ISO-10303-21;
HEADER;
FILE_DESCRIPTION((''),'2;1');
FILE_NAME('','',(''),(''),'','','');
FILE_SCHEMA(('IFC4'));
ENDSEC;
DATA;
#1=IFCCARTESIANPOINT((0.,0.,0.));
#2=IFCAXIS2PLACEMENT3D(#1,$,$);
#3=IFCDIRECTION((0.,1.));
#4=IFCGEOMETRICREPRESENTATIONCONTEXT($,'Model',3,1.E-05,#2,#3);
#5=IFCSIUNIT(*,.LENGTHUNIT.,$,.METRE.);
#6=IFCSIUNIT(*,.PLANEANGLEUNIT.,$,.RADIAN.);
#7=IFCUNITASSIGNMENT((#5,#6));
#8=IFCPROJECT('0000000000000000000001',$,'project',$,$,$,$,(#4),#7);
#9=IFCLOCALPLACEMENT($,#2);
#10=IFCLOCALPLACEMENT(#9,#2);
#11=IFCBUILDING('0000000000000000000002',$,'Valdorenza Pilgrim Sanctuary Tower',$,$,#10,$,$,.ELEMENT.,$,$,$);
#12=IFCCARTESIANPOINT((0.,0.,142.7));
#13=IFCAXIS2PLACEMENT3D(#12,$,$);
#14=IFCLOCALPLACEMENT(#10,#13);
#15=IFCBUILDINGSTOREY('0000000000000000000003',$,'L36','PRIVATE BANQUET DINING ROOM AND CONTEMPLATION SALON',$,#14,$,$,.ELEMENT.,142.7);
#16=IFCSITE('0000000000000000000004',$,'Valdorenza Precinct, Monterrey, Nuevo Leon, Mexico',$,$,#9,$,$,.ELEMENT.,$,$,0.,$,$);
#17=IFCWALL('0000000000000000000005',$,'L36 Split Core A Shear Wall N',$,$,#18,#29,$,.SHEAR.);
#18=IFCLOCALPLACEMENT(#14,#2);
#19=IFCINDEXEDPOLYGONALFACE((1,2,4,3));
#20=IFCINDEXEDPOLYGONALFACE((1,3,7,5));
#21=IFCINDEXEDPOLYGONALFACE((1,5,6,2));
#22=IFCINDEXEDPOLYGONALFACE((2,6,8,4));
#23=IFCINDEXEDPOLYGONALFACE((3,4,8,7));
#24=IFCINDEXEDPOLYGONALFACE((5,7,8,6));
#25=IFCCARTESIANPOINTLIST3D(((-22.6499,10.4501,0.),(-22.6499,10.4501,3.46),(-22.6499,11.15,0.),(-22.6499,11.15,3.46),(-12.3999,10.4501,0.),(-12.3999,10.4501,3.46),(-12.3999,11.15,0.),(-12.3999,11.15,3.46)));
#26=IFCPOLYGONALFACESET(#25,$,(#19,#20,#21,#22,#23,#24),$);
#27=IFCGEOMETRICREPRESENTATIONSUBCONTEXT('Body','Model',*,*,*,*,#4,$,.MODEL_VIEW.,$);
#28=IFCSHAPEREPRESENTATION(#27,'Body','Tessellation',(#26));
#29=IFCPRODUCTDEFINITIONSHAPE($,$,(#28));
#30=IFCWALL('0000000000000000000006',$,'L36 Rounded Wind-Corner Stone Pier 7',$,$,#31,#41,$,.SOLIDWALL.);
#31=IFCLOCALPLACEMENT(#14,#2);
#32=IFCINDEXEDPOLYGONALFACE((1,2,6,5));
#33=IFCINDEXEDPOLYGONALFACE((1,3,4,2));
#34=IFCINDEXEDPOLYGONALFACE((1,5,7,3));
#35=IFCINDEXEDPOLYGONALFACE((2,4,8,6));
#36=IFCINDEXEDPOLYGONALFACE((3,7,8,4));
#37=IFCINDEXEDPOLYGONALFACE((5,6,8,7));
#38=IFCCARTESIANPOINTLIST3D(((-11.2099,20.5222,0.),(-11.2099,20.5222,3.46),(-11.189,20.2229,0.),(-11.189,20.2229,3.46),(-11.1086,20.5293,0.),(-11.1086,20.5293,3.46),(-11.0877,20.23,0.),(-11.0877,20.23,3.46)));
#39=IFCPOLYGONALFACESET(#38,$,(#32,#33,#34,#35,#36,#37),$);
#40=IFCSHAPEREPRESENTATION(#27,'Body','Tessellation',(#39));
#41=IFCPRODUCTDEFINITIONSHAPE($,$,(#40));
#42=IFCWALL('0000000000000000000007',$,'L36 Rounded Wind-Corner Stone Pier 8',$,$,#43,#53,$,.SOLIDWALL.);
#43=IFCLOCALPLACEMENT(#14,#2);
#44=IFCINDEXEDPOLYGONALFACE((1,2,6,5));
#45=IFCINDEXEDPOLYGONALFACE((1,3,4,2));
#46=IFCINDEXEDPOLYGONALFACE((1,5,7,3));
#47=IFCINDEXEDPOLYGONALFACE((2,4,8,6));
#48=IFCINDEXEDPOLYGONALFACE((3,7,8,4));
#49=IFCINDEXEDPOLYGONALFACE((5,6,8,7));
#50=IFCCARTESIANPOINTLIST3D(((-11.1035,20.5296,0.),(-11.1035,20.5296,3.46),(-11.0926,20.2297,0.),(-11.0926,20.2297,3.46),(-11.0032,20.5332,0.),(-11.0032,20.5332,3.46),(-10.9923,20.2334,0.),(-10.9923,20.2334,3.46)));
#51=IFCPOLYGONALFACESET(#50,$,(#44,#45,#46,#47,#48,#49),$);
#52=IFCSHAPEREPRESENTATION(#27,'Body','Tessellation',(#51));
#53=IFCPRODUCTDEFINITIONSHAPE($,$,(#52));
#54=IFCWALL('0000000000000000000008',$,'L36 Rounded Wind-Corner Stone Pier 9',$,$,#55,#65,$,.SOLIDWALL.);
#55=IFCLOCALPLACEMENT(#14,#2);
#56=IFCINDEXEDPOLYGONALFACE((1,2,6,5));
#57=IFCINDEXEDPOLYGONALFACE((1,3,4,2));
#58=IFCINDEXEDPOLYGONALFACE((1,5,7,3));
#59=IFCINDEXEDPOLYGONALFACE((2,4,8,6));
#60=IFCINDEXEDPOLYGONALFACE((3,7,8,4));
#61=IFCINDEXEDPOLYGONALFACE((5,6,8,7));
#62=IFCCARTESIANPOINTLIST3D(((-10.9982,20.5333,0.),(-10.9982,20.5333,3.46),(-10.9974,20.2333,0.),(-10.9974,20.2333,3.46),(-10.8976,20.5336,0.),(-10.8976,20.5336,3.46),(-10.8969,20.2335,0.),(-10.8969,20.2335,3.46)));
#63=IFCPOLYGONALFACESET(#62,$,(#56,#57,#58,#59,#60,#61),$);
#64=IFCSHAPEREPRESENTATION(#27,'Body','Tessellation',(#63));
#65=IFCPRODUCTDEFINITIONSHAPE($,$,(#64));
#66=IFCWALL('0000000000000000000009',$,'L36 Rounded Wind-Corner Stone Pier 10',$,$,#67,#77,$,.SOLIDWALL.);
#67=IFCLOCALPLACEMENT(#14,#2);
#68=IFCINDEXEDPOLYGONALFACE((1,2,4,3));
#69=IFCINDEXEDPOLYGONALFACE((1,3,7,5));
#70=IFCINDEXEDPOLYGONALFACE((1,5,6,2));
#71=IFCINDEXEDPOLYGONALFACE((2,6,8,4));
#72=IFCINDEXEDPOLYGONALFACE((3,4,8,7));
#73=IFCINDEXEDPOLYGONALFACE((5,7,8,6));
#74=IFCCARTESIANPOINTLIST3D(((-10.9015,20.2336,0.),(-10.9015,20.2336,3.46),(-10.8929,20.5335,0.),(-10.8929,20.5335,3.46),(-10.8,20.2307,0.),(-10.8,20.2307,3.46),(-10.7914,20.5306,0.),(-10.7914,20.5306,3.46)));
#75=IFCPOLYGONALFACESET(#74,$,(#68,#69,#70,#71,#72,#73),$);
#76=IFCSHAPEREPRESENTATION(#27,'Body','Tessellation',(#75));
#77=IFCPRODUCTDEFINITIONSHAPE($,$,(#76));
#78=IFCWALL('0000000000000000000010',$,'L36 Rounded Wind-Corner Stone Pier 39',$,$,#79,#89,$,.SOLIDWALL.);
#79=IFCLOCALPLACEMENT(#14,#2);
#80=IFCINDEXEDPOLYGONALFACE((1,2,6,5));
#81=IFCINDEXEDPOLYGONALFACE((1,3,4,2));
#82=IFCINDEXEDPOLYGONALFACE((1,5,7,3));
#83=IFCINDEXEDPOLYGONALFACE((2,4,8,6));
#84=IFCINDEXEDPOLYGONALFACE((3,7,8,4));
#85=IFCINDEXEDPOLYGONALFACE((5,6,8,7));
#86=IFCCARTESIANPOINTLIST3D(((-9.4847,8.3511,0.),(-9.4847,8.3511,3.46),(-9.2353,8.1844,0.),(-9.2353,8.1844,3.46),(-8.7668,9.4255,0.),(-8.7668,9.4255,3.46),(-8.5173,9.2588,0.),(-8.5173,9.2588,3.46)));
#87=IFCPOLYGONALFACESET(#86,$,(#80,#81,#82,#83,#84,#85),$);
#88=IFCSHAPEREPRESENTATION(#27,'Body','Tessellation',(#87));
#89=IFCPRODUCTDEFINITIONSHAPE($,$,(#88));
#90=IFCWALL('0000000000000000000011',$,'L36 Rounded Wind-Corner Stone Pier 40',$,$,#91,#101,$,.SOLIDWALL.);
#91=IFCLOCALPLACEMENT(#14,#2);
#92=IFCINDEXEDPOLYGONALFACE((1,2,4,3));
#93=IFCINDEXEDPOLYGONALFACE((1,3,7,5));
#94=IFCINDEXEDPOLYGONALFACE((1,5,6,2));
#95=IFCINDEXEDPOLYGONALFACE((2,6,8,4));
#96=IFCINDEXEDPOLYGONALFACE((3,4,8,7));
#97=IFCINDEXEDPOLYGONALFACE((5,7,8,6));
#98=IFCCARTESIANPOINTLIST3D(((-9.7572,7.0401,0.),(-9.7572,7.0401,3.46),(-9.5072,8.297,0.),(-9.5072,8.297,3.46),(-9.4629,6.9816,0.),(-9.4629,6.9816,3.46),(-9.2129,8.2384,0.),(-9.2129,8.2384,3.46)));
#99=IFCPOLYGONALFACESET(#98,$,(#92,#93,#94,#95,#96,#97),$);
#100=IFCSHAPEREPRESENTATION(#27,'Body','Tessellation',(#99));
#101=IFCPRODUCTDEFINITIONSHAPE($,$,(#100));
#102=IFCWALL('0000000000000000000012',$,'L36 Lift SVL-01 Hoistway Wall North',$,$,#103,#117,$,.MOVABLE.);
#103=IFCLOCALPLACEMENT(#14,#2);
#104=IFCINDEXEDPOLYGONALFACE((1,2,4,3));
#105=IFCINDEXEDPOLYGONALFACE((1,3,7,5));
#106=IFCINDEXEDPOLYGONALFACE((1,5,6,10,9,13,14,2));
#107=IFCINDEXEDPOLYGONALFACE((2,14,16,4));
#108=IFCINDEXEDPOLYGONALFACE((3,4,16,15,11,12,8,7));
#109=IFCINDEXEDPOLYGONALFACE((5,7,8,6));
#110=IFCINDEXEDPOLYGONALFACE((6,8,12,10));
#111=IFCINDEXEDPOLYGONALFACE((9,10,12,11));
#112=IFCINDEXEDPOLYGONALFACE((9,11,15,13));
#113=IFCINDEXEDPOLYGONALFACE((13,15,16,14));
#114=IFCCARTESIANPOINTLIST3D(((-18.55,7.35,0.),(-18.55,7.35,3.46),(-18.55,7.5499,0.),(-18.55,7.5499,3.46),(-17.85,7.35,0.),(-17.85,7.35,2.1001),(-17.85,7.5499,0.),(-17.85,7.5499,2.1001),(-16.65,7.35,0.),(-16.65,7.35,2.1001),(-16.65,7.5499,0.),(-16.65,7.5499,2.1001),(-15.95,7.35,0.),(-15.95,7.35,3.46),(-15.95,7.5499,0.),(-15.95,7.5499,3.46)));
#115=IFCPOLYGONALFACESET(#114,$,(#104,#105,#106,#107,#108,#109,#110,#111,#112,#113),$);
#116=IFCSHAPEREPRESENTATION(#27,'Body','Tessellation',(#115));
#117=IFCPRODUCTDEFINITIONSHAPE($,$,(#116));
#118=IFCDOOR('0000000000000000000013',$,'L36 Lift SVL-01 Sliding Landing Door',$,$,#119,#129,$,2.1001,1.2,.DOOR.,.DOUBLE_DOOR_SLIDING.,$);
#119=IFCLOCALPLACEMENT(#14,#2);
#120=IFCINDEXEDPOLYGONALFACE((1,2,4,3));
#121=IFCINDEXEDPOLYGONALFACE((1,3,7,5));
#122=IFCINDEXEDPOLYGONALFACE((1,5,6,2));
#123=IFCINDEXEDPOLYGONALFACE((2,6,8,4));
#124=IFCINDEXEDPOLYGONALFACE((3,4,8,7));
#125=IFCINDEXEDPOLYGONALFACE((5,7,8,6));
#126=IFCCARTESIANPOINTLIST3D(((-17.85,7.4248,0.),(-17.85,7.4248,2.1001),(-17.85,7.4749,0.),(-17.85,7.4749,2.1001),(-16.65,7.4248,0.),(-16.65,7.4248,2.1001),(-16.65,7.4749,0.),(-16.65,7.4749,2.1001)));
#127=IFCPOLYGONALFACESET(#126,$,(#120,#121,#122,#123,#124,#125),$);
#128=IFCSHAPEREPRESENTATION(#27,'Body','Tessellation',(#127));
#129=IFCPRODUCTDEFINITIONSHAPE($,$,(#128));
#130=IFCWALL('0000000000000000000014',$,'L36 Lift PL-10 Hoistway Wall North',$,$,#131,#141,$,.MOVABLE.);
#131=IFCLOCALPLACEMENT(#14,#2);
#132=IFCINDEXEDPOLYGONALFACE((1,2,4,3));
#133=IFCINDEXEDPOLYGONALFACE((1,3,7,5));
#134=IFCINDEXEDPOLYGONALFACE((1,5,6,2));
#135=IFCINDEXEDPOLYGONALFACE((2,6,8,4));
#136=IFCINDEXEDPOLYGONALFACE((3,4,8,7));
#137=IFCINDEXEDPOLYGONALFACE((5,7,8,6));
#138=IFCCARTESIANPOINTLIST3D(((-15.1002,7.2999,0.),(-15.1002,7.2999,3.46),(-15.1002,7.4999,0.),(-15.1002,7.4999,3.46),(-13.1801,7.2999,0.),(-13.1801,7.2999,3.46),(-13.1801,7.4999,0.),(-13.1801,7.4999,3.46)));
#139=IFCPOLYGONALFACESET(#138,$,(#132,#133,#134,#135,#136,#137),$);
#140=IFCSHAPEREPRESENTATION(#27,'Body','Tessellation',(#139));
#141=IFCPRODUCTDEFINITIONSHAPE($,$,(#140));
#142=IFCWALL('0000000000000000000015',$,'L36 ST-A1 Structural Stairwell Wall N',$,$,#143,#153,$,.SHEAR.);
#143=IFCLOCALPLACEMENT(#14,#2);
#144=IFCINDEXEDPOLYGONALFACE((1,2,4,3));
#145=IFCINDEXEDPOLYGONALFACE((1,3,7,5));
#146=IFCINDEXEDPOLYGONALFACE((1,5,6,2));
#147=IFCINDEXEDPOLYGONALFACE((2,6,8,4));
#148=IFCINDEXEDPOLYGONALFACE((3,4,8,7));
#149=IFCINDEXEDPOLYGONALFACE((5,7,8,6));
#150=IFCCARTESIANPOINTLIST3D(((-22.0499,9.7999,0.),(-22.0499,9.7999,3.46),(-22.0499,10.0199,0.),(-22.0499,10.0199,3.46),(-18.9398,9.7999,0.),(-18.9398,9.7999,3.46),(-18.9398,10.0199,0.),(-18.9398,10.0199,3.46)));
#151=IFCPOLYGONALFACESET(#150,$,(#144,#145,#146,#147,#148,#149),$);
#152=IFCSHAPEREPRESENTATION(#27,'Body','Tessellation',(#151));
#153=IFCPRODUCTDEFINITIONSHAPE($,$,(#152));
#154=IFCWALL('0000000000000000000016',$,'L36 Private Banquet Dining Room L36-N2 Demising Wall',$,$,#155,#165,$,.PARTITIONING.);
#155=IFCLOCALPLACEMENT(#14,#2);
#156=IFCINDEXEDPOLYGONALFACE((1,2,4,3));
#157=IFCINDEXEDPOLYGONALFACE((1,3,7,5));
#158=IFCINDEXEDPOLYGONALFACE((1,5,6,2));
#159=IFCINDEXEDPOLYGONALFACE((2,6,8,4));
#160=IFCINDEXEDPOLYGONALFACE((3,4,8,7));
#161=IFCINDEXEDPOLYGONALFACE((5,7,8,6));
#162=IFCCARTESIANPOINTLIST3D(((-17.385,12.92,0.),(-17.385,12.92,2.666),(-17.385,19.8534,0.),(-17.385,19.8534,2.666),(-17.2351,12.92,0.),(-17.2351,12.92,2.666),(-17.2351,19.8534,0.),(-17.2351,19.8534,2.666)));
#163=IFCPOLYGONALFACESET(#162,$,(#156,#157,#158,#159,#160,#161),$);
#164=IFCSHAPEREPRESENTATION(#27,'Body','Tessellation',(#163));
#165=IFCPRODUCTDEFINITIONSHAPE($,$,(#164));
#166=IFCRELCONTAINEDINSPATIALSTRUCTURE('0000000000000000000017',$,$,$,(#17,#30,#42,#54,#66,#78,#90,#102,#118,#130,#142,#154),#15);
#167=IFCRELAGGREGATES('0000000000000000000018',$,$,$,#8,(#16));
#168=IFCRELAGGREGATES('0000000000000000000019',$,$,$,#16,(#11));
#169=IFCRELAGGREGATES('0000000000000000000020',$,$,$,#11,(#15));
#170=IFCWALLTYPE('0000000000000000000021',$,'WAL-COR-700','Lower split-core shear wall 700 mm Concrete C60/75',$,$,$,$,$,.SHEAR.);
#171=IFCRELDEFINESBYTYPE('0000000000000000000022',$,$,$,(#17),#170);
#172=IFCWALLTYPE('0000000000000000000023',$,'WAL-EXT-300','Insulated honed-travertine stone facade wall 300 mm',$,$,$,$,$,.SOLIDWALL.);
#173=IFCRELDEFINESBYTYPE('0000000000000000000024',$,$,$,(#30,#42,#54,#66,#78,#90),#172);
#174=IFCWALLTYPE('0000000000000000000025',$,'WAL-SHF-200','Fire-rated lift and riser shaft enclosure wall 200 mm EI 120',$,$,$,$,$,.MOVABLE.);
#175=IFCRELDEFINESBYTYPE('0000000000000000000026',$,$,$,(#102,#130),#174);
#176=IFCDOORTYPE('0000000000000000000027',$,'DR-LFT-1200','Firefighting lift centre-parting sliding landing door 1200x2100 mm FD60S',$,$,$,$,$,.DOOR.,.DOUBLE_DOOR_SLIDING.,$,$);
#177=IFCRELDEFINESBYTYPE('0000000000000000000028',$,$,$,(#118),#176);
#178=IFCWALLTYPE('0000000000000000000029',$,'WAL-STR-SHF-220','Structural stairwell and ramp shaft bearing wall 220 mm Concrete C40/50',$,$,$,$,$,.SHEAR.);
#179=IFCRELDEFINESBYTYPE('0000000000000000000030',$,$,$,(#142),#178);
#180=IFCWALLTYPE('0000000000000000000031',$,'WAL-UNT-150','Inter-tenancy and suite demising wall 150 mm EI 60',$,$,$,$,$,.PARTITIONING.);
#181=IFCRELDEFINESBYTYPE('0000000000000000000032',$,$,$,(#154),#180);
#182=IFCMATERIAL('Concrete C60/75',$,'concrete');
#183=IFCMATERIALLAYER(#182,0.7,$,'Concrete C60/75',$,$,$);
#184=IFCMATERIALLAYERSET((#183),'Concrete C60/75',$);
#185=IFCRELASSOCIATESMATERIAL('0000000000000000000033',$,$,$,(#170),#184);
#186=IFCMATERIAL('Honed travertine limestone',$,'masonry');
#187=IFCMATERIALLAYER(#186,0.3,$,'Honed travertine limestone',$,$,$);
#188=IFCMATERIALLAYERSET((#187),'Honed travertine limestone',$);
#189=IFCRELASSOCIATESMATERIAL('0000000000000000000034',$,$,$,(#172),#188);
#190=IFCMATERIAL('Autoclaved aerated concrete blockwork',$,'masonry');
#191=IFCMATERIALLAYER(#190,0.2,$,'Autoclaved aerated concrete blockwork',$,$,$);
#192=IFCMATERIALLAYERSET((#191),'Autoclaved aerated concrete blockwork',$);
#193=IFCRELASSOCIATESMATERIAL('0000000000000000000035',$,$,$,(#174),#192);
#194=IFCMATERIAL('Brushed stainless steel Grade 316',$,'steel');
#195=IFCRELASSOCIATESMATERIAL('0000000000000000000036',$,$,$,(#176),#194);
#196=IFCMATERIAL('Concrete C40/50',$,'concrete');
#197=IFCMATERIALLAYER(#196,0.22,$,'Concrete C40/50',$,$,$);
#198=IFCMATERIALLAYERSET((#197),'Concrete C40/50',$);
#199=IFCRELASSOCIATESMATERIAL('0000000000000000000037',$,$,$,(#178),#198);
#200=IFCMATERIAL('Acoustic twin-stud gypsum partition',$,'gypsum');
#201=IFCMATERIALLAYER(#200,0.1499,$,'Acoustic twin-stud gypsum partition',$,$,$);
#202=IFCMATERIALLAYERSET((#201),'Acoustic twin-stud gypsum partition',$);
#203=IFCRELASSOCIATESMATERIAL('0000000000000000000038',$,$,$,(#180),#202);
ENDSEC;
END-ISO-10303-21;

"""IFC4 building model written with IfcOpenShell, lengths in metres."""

from ifc_helpers import new_model, si_unit, direction, frame, frame_2d, origin, place, context, subcontext, project, spatial, rectangle, extrude, material, layer, layer_set, type_object, element, fill, save


model = new_model("IFC4")

# Units and contexts
model_context = context("Model", 3, precision=1e-05, world=origin(), true_north=direction((0.0, 1.0)))
body_context = subcontext(model_context, "Body", "Model", "MODEL_VIEW")
ifc_project = project(units=[si_unit("LENGTHUNIT", "METRE"), si_unit("PLANEANGLEUNIT", "RADIAN")], contexts=[model_context])

# Site, building, storey
site_placement = place(None, origin())
site = spatial("IfcSite", under=ifc_project, at=site_placement, Name="Valdorenza Precinct, Monterrey, Nuevo Leon, Mexico", CompositionType="ELEMENT", RefElevation=0.0)
building_placement = place(site_placement, origin())
building = spatial("IfcBuilding", under=site, at=building_placement, Name="Valdorenza Pilgrim Sanctuary Tower", CompositionType="ELEMENT")
storey_placement = place(building_placement, frame((0.0, 0.0, 142.7)))
storey = spatial("IfcBuildingStorey", under=building, at=storey_placement, Name="L36", Description="PRIVATE BANQUET DINING ROOM AND CONTEMPLATION SALON", CompositionType="ELEMENT", Elevation=142.7)

# Shared definitions
ifc_material_1 = material(Name="Concrete C60/75", Category="concrete")

# Shared definitions
ifc_material_2 = material(Name="Honed travertine limestone", Category="masonry")

# Shared definitions
ifc_material_3 = material(Name="Acoustic twin-stud gypsum partition", Category="gypsum")

# Walls
ifc_layer_1 = layer(ifc_material_1, 0.7, Name="Concrete C60/75")
ifc_layer_set_1 = layer_set([ifc_layer_1], Name="Concrete C60/75")
wall_type_1 = type_object("IfcWallType", Name="WAL-COR-700", Description="Lower split-core shear wall 700 mm Concrete C60/75", PredefinedType="SHEAR", material=ifc_layer_set_1)
wall_1_placement = place(storey_placement, frame((-22.6499, 10.8, 0.0), z_axis=(0.0, 0.0, 1.0), x_axis=(1.0, 0.0, 0.0)))
element("IfcWall", 1, at=wall_1_placement, inside=storey, type_object=wall_type_1, Name="L36 Split Core A Shear Wall N", PredefinedType="SHEAR", context=body_context, shape_type="SweptSolid", body=[
    extrude(rectangle(XDim=10.25, YDim=0.7, at=frame_2d((5.125, 0.0))), origin(), (0.0, 0.0, 1.0), 3.46),
])
ifc_layer_2 = layer(ifc_material_2, 0.3, Name="Honed travertine limestone")
ifc_layer_set_2 = layer_set([ifc_layer_2], Name="Honed travertine limestone")
wall_type_2 = type_object("IfcWallType", Name="WAL-EXT-300", Description="Insulated honed-travertine stone facade wall 300 mm", PredefinedType="SOLIDWALL", material=ifc_layer_set_2)
wall_2_placement = place(storey_placement, frame((-11.1995, 20.3726, 0.0), z_axis=(0.0, 0.0, 1.0), x_axis=(0.997567, 0.06971, 0.0)))
element("IfcWall", 2, at=wall_2_placement, inside=storey, type_object=wall_type_2, Name="L36 Rounded Wind-Corner Stone Pier 7", PredefinedType="SOLIDWALL", context=body_context, shape_type="SweptSolid", body=[
    extrude(rectangle(XDim=0.1016, YDim=0.3, at=frame_2d((0.0508, 0.0))), origin(), (0.0, 0.0, 1.0), 3.46),
])
wall_3_placement = place(storey_placement, frame((-11.0981, 20.3796, 0.0), z_axis=(0.0, 0.0, 1.0), x_axis=(0.999335, 0.036472, 0.0)))
element("IfcWall", 3, at=wall_3_placement, inside=storey, type_object=wall_type_2, Name="L36 Rounded Wind-Corner Stone Pier 8", PredefinedType="SOLIDWALL", context=body_context, shape_type="SweptSolid", body=[
    extrude(rectangle(XDim=0.1003, YDim=0.3, at=frame_2d((0.0503, 0.0))), origin(), (0.0, 0.0, 1.0), 3.46),
])
wall_4_placement = place(storey_placement, frame((-10.9978, 20.3833, 0.0), z_axis=(0.0, 0.0, 1.0), x_axis=(0.999997, 0.002427, 0.0)))
element("IfcWall", 4, at=wall_4_placement, inside=storey, type_object=wall_type_2, Name="L36 Rounded Wind-Corner Stone Pier 9", PredefinedType="SOLIDWALL", context=body_context, shape_type="SweptSolid", body=[
    extrude(rectangle(XDim=0.1006, YDim=0.3, at=frame_2d((0.0503, 0.0))), origin(), (0.0, 0.0, 1.0), 3.46),
])
wall_5_placement = place(storey_placement, frame((-10.8972, 20.3835, 0.0), z_axis=(0.0, 0.0, 1.0), x_axis=(0.999584, -0.028834, 0.0)))
element("IfcWall", 5, at=wall_5_placement, inside=storey, type_object=wall_type_2, Name="L36 Rounded Wind-Corner Stone Pier 10", PredefinedType="SOLIDWALL", context=body_context, shape_type="SweptSolid", body=[
    extrude(rectangle(XDim=0.1016, YDim=0.3, at=frame_2d((0.0508, 0.0))), origin(), (0.0, 0.0, 1.0), 3.46),
])
wall_6_placement = place(storey_placement, frame((-8.6421, 9.342, 0.0), z_axis=(0.0, 0.0, 1.0), x_axis=(-0.555615, -0.831439, 0.0)))
element("IfcWall", 6, at=wall_6_placement, inside=storey, type_object=wall_type_2, Name="L36 Rounded Wind-Corner Stone Pier 39", PredefinedType="SOLIDWALL", context=body_context, shape_type="SweptSolid", body=[
    extrude(rectangle(XDim=1.2922, YDim=0.3, at=frame_2d((0.646, 0.0))), origin(), (0.0, 0.0, 1.0), 3.46),
])
wall_7_placement = place(storey_placement, frame((-9.3601, 8.2676, 0.0), z_axis=(0.0, 0.0, 1.0), x_axis=(-0.19509, -0.980785, 0.0)))
element("IfcWall", 7, at=wall_7_placement, inside=storey, type_object=wall_type_2, Name="L36 Rounded Wind-Corner Stone Pier 40", PredefinedType="SOLIDWALL", context=body_context, shape_type="SweptSolid", body=[
    extrude(rectangle(XDim=1.2815, YDim=0.3, at=frame_2d((0.6406, 0.0))), origin(), (0.0, 0.0, 1.0), 3.46),
])

# Wall, opening, door
ifc_material_4 = material(Name="Autoclaved aerated concrete blockwork", Category="masonry")
ifc_layer_3 = layer(ifc_material_4, 0.2, Name="Autoclaved aerated concrete blockwork")
ifc_layer_set_3 = layer_set([ifc_layer_3], Name="Autoclaved aerated concrete blockwork")
wall_type_3 = type_object("IfcWallType", Name="WAL-SHF-200", Description="Fire-rated lift and riser shaft enclosure wall 200 mm EI 120", PredefinedType="MOVABLE", material=ifc_layer_set_3)
wall_8_placement = place(storey_placement, frame((-18.55, 7.45, 0.0), z_axis=(0.0, 0.0, 1.0), x_axis=(1.0, 0.0, 0.0)))
wall_8 = element("IfcWall", 8, at=wall_8_placement, inside=storey, type_object=wall_type_3, Name="L36 Lift SVL-01 Hoistway Wall North", PredefinedType="MOVABLE", context=body_context, shape_type="SweptSolid", body=[
    extrude(rectangle(XDim=2.6001, YDim=0.2, at=frame_2d((1.3, 0.0))), origin(), (0.0, 0.0, 1.0), 3.46),
])
opening_1_placement = place(wall_8_placement, frame((0.7, 0.0, 0.0)))
opening_1 = element("IfcOpeningElement", 9, at=opening_1_placement, cuts=wall_8, PredefinedType="OPENING", context=body_context, shape_type="SweptSolid", body=[
    extrude(rectangle(XDim=1.2, YDim=2.1001, at=frame_2d((0.6001, 1.05))), frame((0.0, 0.1147, 0.0), z_axis=(0.0, -1.0, 0.0), x_axis=(1.0, 0.0, 0.0)), (0.0, 0.0, 1.0), 0.2297),
])
ifc_material_5 = material(Name="Brushed stainless steel Grade 316", Category="steel")
door_type_1 = type_object("IfcDoorType", Name="DR-LFT-1200", Description="Firefighting lift centre-parting sliding landing door 1200x2100 mm FD60S", OperationType="DOUBLE_DOOR_SLIDING", PredefinedType="DOOR", material=ifc_material_5)
door_1_placement = place(opening_1_placement, origin())
door_1 = element("IfcDoor", 10, at=door_1_placement, inside=storey, type_object=door_type_1, Name="L36 Lift SVL-01 Sliding Landing Door", OperationType="DOUBLE_DOOR_SLIDING", OverallHeight=2.1001, OverallWidth=1.2, PredefinedType="DOOR", context=body_context, shape_type="SweptSolid", body=[
    extrude(rectangle(XDim=1.2, YDim=2.1001, at=frame_2d((0.6001, 1.05))), frame((0.0, 0.0249, 0.0), z_axis=(0.0, -1.0, 0.0), x_axis=(1.0, 0.0, 0.0)), (0.0, 0.0, 1.0), 0.05),
])
fill(opening_1, door_1)

# Walls
wall_9_placement = place(storey_placement, frame((-15.1001, 7.3999, 0.0), z_axis=(0.0, 0.0, 1.0), x_axis=(1.0, 0.0, 0.0)))
element("IfcWall", 11, at=wall_9_placement, inside=storey, type_object=wall_type_3, Name="L36 Lift PL-10 Hoistway Wall North", PredefinedType="MOVABLE", context=body_context, shape_type="SweptSolid", body=[
    extrude(rectangle(XDim=1.9202, YDim=0.2, at=frame_2d((0.96, 0.0))), origin(), (0.0, 0.0, 1.0), 3.46),
])
ifc_material_6 = material(Name="Concrete C40/50", Category="concrete")
ifc_layer_4 = layer(ifc_material_6, 0.22, Name="Concrete C40/50")
ifc_layer_set_4 = layer_set([ifc_layer_4], Name="Concrete C40/50")
wall_type_4 = type_object("IfcWallType", Name="WAL-STR-SHF-220", Description="Structural stairwell and ramp shaft bearing wall 220 mm Concrete C40/50", PredefinedType="SHEAR", material=ifc_layer_set_4)
wall_10_placement = place(storey_placement, frame((-22.05, 9.9099, 0.0), z_axis=(0.0, 0.0, 1.0), x_axis=(1.0, 0.0, 0.0)))
element("IfcWall", 12, at=wall_10_placement, inside=storey, type_object=wall_type_4, Name="L36 ST-A1 Structural Stairwell Wall N", PredefinedType="SHEAR", context=body_context, shape_type="SweptSolid", body=[
    extrude(rectangle(XDim=3.1101, YDim=0.22, at=frame_2d((1.5552, 0.0))), origin(), (0.0, 0.0, 1.0), 3.46),
])
ifc_layer_5 = layer(ifc_material_3, 0.1499, Name="Acoustic twin-stud gypsum partition")
ifc_layer_set_5 = layer_set([ifc_layer_5], Name="Acoustic twin-stud gypsum partition")
wall_type_5 = type_object("IfcWallType", Name="WAL-UNT-150", Description="Inter-tenancy and suite demising wall 150 mm EI 60", PredefinedType="PARTITIONING", material=ifc_layer_set_5)
wall_11_placement = place(storey_placement, frame((-17.3101, 12.9199, 0.0), z_axis=(0.0, 0.0, 1.0), x_axis=(0.0, 1.0, 0.0)))
element("IfcWall", 13, at=wall_11_placement, inside=storey, type_object=wall_type_5, Name="L36 Private Banquet Dining Room L36-N2 Demising Wall", PredefinedType="PARTITIONING", context=body_context, shape_type="SweptSolid", body=[
    extrude(rectangle(XDim=6.9333, YDim=0.1499, at=frame_2d((3.4668, 0.0))), origin(), (0.0, 0.0, 1.0), 2.666),
])

save(model, "model.ifc")
